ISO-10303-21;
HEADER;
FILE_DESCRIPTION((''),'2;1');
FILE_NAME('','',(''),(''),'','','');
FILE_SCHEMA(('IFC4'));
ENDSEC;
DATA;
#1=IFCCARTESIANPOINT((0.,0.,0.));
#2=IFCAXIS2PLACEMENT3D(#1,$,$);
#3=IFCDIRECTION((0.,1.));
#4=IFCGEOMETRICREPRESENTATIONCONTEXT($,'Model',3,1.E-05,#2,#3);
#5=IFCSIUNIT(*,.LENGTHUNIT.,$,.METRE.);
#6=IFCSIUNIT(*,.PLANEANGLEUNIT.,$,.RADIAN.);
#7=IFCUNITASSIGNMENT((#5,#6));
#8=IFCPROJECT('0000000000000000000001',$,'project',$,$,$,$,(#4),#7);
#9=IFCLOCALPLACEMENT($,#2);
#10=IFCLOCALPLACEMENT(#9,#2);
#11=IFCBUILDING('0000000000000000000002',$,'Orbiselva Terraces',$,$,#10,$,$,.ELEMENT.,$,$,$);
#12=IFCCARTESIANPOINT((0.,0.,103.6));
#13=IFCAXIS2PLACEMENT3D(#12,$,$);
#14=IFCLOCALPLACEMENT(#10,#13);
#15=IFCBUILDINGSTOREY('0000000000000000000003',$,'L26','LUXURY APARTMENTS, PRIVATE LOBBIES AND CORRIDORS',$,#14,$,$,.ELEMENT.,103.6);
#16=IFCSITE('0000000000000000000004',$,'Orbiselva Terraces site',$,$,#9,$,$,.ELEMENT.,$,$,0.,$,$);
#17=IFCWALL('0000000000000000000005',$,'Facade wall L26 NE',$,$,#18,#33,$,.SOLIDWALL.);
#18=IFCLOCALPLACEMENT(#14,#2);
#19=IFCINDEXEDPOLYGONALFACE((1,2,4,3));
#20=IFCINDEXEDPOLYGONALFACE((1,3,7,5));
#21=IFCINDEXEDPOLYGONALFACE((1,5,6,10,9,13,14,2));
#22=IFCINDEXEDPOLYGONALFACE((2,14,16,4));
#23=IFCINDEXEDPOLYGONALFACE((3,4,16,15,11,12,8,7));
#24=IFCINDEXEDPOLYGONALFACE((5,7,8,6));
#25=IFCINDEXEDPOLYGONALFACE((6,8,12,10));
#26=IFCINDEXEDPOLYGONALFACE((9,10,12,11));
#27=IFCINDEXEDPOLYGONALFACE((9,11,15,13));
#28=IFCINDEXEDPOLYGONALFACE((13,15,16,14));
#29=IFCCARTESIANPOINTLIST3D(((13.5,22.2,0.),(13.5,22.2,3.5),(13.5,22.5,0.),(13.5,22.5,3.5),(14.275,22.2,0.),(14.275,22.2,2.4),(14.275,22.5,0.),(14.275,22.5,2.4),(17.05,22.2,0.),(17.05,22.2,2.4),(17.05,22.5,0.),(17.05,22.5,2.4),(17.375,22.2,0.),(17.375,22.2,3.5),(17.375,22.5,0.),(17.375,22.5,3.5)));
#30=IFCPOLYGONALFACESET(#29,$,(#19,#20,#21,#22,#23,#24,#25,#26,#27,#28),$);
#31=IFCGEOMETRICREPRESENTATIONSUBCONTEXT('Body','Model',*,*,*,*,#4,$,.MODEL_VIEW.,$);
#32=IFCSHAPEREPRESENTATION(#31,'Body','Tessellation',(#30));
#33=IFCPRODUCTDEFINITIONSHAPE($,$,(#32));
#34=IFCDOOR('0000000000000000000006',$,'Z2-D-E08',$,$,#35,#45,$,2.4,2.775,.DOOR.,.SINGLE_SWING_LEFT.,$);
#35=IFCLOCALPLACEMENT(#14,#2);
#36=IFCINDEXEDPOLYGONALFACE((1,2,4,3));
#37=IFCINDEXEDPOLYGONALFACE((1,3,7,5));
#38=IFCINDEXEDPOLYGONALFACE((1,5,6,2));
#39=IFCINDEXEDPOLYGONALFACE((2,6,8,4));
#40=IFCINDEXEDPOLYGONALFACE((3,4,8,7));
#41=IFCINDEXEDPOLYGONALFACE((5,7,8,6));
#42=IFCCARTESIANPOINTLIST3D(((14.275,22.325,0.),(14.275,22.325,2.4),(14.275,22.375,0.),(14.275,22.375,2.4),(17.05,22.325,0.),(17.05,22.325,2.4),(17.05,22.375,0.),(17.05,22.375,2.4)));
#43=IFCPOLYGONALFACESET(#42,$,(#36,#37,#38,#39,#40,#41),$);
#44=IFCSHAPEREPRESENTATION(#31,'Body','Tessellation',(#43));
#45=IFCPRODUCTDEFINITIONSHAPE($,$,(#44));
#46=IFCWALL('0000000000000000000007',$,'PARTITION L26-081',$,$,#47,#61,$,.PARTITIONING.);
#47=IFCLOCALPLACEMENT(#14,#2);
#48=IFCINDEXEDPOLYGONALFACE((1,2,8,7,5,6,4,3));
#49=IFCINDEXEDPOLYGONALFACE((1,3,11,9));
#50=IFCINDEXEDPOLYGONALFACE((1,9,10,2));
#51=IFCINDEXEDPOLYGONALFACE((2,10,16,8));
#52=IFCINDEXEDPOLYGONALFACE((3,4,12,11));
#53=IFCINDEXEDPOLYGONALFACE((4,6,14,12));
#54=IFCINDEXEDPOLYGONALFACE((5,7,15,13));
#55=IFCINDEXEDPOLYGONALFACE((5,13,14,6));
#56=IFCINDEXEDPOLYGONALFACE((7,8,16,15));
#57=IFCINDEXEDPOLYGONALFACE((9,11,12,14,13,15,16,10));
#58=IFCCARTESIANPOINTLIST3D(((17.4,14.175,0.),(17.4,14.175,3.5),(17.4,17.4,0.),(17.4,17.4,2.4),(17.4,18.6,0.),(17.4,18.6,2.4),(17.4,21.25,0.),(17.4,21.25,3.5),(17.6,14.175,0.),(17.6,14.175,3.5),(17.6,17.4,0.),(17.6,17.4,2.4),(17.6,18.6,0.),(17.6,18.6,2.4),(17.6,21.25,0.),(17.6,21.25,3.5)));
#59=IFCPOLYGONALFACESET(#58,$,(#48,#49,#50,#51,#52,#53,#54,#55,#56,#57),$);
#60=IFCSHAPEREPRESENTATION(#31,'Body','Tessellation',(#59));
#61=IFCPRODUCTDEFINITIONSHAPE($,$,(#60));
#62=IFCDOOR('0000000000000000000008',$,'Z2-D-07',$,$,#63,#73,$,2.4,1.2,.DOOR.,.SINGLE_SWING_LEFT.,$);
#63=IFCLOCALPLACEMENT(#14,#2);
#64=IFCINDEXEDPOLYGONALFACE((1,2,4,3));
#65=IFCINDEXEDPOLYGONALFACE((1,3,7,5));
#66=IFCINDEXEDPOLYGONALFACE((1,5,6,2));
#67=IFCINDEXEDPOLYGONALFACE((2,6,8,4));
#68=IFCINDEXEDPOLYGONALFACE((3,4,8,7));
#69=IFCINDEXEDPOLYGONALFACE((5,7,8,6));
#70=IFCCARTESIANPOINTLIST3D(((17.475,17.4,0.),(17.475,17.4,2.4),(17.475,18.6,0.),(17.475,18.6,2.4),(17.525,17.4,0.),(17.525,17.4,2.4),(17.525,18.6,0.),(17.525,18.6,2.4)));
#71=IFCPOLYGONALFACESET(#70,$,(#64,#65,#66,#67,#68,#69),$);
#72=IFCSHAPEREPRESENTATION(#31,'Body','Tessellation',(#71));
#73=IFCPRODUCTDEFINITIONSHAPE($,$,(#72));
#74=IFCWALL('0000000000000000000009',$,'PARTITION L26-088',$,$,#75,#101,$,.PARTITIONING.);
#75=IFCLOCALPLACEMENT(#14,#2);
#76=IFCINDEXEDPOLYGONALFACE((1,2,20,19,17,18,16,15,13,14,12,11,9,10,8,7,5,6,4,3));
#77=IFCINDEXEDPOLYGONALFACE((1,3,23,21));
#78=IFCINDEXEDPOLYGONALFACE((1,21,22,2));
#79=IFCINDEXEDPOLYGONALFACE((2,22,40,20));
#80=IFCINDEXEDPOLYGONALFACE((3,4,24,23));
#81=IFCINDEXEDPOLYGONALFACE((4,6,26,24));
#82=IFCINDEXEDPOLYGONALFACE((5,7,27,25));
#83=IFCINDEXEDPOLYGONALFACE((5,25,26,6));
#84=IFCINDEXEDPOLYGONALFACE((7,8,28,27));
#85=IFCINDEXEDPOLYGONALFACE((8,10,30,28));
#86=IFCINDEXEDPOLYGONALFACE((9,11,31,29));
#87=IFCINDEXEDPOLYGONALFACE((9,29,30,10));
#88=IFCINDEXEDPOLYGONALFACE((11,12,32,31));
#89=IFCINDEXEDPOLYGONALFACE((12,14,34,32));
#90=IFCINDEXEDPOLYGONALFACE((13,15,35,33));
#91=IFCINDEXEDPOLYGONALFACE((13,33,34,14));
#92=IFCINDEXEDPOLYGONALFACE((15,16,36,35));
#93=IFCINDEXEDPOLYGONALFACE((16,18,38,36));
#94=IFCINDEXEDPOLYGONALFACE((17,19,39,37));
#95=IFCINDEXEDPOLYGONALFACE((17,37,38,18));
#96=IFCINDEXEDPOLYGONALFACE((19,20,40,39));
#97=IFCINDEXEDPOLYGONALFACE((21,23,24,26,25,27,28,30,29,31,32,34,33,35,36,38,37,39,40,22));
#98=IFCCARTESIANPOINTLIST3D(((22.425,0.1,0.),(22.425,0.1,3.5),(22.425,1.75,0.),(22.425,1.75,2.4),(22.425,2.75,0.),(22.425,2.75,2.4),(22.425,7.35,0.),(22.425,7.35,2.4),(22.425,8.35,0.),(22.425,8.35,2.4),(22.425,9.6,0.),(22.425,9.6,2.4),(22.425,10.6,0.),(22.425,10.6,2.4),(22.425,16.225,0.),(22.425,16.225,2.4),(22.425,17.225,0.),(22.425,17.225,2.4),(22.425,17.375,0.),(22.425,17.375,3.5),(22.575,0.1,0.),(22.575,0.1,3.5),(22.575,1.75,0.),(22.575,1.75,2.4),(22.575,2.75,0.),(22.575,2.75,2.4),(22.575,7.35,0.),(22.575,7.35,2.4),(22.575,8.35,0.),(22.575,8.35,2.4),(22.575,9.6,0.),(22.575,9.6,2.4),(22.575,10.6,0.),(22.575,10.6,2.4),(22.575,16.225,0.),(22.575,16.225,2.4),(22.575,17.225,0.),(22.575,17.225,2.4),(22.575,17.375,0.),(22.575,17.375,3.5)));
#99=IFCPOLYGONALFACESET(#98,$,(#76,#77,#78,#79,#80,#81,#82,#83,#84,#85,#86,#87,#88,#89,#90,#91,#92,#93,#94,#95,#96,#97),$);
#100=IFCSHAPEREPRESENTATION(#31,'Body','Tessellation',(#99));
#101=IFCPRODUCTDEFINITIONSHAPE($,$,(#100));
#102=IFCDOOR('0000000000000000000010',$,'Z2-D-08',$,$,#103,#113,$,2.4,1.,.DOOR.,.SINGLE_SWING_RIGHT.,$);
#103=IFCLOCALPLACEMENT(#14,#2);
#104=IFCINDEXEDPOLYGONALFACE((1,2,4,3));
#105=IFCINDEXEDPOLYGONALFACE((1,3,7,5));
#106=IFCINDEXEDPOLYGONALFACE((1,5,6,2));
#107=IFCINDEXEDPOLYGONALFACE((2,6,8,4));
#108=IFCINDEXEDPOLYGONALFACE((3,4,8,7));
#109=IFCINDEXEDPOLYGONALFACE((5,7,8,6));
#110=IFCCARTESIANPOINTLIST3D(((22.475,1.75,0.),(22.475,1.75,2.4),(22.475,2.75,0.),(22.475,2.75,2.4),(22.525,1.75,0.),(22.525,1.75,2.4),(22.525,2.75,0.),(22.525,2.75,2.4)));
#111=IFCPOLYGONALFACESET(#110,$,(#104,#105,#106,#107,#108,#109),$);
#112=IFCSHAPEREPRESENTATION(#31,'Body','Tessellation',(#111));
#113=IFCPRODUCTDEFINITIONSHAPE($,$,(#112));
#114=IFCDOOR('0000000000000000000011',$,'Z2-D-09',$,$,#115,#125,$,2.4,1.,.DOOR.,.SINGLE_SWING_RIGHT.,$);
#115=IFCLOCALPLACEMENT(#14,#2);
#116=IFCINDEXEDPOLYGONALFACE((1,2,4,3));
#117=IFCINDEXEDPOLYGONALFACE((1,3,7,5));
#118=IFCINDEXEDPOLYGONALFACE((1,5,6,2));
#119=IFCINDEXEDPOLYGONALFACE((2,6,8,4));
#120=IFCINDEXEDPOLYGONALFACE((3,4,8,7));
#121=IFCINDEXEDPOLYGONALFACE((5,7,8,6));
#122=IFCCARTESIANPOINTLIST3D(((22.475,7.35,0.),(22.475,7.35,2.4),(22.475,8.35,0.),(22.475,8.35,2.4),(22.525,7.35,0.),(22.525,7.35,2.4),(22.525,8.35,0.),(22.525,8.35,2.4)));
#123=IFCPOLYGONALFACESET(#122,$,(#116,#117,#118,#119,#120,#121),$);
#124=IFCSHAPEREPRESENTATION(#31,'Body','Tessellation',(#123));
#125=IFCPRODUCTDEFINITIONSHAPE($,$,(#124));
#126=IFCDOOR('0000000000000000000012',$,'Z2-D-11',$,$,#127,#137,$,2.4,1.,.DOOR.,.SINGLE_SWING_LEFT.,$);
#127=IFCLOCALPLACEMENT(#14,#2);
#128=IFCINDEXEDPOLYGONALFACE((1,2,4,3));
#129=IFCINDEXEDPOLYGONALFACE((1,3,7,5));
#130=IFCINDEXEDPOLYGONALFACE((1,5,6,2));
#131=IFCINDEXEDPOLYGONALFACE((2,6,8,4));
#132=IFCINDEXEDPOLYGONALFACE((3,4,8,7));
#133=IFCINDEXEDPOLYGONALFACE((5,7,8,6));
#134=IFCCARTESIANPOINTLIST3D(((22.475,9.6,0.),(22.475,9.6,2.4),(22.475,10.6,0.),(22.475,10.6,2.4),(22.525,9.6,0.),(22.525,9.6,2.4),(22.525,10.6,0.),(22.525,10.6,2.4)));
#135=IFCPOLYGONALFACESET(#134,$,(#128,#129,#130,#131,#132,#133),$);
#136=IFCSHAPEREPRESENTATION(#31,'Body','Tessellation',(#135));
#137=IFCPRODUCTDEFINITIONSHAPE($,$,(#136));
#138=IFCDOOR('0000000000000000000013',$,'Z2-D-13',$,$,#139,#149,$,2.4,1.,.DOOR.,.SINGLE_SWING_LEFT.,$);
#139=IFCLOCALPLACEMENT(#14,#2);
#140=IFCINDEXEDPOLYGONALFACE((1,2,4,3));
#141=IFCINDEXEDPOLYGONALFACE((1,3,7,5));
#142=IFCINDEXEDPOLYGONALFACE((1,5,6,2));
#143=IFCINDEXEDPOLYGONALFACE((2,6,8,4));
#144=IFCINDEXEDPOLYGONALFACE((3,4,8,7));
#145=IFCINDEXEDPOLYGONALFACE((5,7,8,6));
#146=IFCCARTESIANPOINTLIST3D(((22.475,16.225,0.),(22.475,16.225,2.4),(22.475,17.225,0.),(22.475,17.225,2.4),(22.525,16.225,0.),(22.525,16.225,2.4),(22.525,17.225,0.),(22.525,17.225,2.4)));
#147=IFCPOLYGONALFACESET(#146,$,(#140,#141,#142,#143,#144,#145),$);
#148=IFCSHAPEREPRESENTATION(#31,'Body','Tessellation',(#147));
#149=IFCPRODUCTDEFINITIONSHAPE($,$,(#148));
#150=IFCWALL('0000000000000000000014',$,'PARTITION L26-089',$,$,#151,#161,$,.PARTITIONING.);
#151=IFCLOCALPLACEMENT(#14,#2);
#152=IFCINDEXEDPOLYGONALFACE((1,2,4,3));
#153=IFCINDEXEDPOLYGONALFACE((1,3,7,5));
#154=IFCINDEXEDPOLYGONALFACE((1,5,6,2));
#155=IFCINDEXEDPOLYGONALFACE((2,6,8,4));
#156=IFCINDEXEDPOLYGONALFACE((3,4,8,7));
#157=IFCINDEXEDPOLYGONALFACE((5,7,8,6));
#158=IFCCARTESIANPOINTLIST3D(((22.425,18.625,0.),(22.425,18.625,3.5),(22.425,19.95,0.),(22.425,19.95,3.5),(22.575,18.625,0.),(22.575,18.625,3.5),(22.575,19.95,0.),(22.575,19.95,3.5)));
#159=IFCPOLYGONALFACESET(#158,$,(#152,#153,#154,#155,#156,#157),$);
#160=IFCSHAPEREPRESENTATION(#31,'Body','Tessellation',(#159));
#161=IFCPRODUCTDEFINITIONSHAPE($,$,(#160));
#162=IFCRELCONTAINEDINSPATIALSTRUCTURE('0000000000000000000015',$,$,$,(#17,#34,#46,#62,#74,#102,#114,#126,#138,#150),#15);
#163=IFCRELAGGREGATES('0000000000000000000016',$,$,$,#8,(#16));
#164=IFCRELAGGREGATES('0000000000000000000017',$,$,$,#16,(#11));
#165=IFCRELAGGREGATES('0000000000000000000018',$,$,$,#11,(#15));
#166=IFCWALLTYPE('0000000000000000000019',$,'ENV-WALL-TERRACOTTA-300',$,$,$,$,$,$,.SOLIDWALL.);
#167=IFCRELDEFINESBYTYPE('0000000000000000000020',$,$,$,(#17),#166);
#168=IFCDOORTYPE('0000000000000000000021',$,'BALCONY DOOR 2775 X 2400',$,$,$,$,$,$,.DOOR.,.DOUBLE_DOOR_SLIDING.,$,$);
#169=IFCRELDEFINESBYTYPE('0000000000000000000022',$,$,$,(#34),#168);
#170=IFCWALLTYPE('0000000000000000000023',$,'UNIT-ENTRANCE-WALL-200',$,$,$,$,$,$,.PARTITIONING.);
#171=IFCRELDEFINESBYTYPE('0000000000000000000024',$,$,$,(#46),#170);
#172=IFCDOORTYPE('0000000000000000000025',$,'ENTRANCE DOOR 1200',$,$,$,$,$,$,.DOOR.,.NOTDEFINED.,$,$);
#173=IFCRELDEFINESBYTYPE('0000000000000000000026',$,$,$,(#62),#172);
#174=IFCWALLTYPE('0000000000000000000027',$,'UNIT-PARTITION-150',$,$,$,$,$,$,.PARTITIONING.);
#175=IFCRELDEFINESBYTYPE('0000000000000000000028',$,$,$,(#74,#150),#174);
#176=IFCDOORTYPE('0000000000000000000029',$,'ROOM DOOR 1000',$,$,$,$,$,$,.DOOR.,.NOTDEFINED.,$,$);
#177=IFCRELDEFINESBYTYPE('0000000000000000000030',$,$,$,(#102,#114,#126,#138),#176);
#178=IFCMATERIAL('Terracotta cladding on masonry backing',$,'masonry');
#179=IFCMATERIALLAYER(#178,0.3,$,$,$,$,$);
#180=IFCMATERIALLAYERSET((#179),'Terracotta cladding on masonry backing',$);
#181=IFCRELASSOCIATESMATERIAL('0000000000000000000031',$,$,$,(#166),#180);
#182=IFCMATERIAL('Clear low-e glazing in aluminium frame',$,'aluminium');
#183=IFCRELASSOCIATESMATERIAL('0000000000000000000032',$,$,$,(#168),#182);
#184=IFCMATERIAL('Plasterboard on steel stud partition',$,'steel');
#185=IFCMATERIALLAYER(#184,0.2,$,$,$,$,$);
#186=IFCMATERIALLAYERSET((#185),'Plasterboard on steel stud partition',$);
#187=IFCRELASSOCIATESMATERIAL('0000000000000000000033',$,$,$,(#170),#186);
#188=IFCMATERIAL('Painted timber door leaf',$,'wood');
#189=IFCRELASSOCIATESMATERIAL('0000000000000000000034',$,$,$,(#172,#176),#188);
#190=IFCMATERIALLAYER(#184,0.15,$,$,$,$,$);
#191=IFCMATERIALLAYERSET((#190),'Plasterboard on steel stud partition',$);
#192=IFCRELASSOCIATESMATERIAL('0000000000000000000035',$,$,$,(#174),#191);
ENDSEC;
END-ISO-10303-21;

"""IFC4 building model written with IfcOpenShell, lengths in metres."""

from ifc_helpers import new_model, si_unit, direction, frame, frame_2d, origin, place, context, subcontext, project, spatial, rectangle, extrude, material, layer, layer_set, type_object, element, fill, save


model = new_model("IFC4")

# Units and contexts
model_context = context("Model", 3, precision=1e-05, world=origin(), true_north=direction((0.0, 1.0)))
body_context = subcontext(model_context, "Body", "Model", "MODEL_VIEW")
ifc_project = project(units=[si_unit("LENGTHUNIT", "METRE"), si_unit("PLANEANGLEUNIT", "RADIAN")], contexts=[model_context])

# Site, building, storey
site_placement = place(None, origin())
site = spatial("IfcSite", under=ifc_project, at=site_placement, Name="Orbiselva Terraces site", CompositionType="ELEMENT", RefElevation=0.0)
building_placement = place(site_placement, origin())
building = spatial("IfcBuilding", under=site, at=building_placement, Name="Orbiselva Terraces", CompositionType="ELEMENT")
storey_placement = place(building_placement, frame((0.0, 0.0, 103.6)))
storey = spatial("IfcBuildingStorey", under=building, at=storey_placement, Name="L26", Description="LUXURY APARTMENTS, PRIVATE LOBBIES AND CORRIDORS", CompositionType="ELEMENT", Elevation=103.6)

# Shared definitions
ifc_material_1 = material(Name="Terracotta cladding on masonry backing", Category="masonry")
ifc_layer_1 = layer(ifc_material_1, 0.3)
ifc_layer_set_1 = layer_set([ifc_layer_1], Name="Terracotta cladding on masonry backing")
wall_type_1 = type_object("IfcWallType", Name="ENV-WALL-TERRACOTTA-300", PredefinedType="SOLIDWALL", material=ifc_layer_set_1)
ifc_material_2 = material(Name="Clear low-e glazing in aluminium frame", Category="aluminium")
door_type_1 = type_object("IfcDoorType", Name="BALCONY DOOR 2775 X 2400", OperationType="DOUBLE_DOOR_SLIDING", PredefinedType="DOOR", material=ifc_material_2)

# Walls, openings, doors
wall_1_placement = place(storey_placement, frame((13.5, 22.35, 0.0), z_axis=(0.0, 0.0, 1.0), x_axis=(1.0, 0.0, 0.0)))
wall_1 = element("IfcWall", 1, at=wall_1_placement, inside=storey, type_object=wall_type_1, Name="Facade wall L26 NE", PredefinedType="SOLIDWALL", context=body_context, shape_type="SweptSolid", body=[
    extrude(rectangle(XDim=3.875, YDim=0.3, at=frame_2d((1.9375, 0.0))), origin(), (0.0, 0.0, 1.0), 3.5),
])
opening_1_placement = place(wall_1_placement, frame((0.775, 0.0, 0.0)))
opening_1 = element("IfcOpeningElement", 2, at=opening_1_placement, cuts=wall_1, PredefinedType="OPENING", context=body_context, shape_type="SweptSolid", body=[
    extrude(rectangle(XDim=2.775, YDim=2.4, at=frame_2d((1.3875, 1.2))), frame((0.0, 0.16, 0.0), z_axis=(0.0, -1.0, 0.0), x_axis=(1.0, 0.0, 0.0)), (0.0, 0.0, 1.0), 0.32),
])
door_1_placement = place(opening_1_placement, origin())
door_1 = element("IfcDoor", 3, at=door_1_placement, inside=storey, type_object=door_type_1, Name="Z2-D-E08", OperationType="SINGLE_SWING_LEFT", OverallHeight=2.4, OverallWidth=2.775, PredefinedType="DOOR", context=body_context, shape_type="SweptSolid", body=[
    extrude(rectangle(XDim=2.775, YDim=2.4, at=frame_2d((1.3875, 1.2))), frame((0.0, 0.025, 0.0), z_axis=(0.0, -1.0, 0.0), x_axis=(1.0, 0.0, 0.0)), (0.0, 0.0, 1.0), 0.05),
])
fill(opening_1, door_1)
ifc_material_3 = material(Name="Plasterboard on steel stud partition", Category="steel")
ifc_layer_2 = layer(ifc_material_3, 0.2)
ifc_layer_set_2 = layer_set([ifc_layer_2], Name="Plasterboard on steel stud partition")
wall_type_2 = type_object("IfcWallType", Name="UNIT-ENTRANCE-WALL-200", PredefinedType="PARTITIONING", material=ifc_layer_set_2)
wall_2_placement = place(storey_placement, frame((17.5, 21.25, 0.0), z_axis=(0.0, 0.0, 1.0), x_axis=(0.0, -1.0, 0.0)))
wall_2 = element("IfcWall", 4, at=wall_2_placement, inside=storey, type_object=wall_type_2, Name="PARTITION L26-081", PredefinedType="PARTITIONING", context=body_context, shape_type="SweptSolid", body=[
    extrude(rectangle(XDim=7.075, YDim=0.2, at=frame_2d((3.5375, 0.0))), origin(), (0.0, 0.0, 1.0), 3.5),
])
opening_2_placement = place(wall_2_placement, frame((2.65, 0.0, 0.0)))
opening_2 = element("IfcOpeningElement", 5, at=opening_2_placement, cuts=wall_2, PredefinedType="OPENING", context=body_context, shape_type="SweptSolid", body=[
    extrude(rectangle(XDim=1.2, YDim=2.4, at=frame_2d((0.6, 1.2))), frame((0.0, 0.11, 0.0), z_axis=(0.0, -1.0, 0.0), x_axis=(1.0, 0.0, 0.0)), (0.0, 0.0, 1.0), 0.22),
])
ifc_material_4 = material(Name="Painted timber door leaf", Category="wood")
door_type_2 = type_object("IfcDoorType", Name="ENTRANCE DOOR 1200", OperationType="NOTDEFINED", PredefinedType="DOOR", material=ifc_material_4)
door_2_placement = place(opening_2_placement, origin())
door_2 = element("IfcDoor", 6, at=door_2_placement, inside=storey, type_object=door_type_2, Name="Z2-D-07", OperationType="SINGLE_SWING_LEFT", OverallHeight=2.4, OverallWidth=1.2, PredefinedType="DOOR", context=body_context, shape_type="SweptSolid", body=[
    extrude(rectangle(XDim=1.2, YDim=2.4, at=frame_2d((0.6, 1.2))), frame((0.0, 0.025, 0.0), z_axis=(0.0, -1.0, 0.0), x_axis=(1.0, 0.0, 0.0)), (0.0, 0.0, 1.0), 0.05),
])
fill(opening_2, door_2)

# Wall, openings, doors
ifc_layer_3 = layer(ifc_material_3, 0.15)
ifc_layer_set_3 = layer_set([ifc_layer_3], Name="Plasterboard on steel stud partition")
wall_type_3 = type_object("IfcWallType", Name="UNIT-PARTITION-150", PredefinedType="PARTITIONING", material=ifc_layer_set_3)
wall_3_placement = place(storey_placement, frame((22.5, 17.375, 0.0), z_axis=(0.0, 0.0, 1.0), x_axis=(0.0, -1.0, 0.0)))
wall_3 = element("IfcWall", 7, at=wall_3_placement, inside=storey, type_object=wall_type_3, Name="PARTITION L26-088", PredefinedType="PARTITIONING", context=body_context, shape_type="SweptSolid", body=[
    extrude(rectangle(XDim=17.275, YDim=0.15, at=frame_2d((8.6375, 0.0))), origin(), (0.0, 0.0, 1.0), 3.5),
])
opening_3_placement = place(wall_3_placement, frame((14.625, 0.0, 0.0)))
opening_3 = element("IfcOpeningElement", 8, at=opening_3_placement, cuts=wall_3, PredefinedType="OPENING", context=body_context, shape_type="SweptSolid", body=[
    extrude(rectangle(XDim=1.0, YDim=2.4, at=frame_2d((0.5, 1.2))), frame((0.0, 0.085, 0.0), z_axis=(0.0, -1.0, 0.0), x_axis=(1.0, 0.0, 0.0)), (0.0, 0.0, 1.0), 0.17),
])
opening_4_placement = place(wall_3_placement, frame((9.025, 0.0, 0.0)))
opening_4 = element("IfcOpeningElement", 9, at=opening_4_placement, cuts=wall_3, PredefinedType="OPENING", context=body_context, shape_type="SweptSolid", body=[
    extrude(rectangle(XDim=1.0, YDim=2.4, at=frame_2d((0.5, 1.2))), frame((0.0, 0.085, 0.0), z_axis=(0.0, -1.0, 0.0), x_axis=(1.0, 0.0, 0.0)), (0.0, 0.0, 1.0), 0.17),
])
opening_5_placement = place(wall_3_placement, frame((6.775, 0.0, 0.0)))
opening_5 = element("IfcOpeningElement", 10, at=opening_5_placement, cuts=wall_3, PredefinedType="OPENING", context=body_context, shape_type="SweptSolid", body=[
    extrude(rectangle(XDim=1.0, YDim=2.4, at=frame_2d((0.5, 1.2))), frame((0.0, 0.085, 0.0), z_axis=(0.0, -1.0, 0.0), x_axis=(1.0, 0.0, 0.0)), (0.0, 0.0, 1.0), 0.17),
])
opening_6_placement = place(wall_3_placement, frame((0.15, 0.0, 0.0)))
opening_6 = element("IfcOpeningElement", 11, at=opening_6_placement, cuts=wall_3, PredefinedType="OPENING", context=body_context, shape_type="SweptSolid", body=[
    extrude(rectangle(XDim=1.0, YDim=2.4, at=frame_2d((0.5, 1.2))), frame((0.0, 0.085, 0.0), z_axis=(0.0, -1.0, 0.0), x_axis=(1.0, 0.0, 0.0)), (0.0, 0.0, 1.0), 0.17),
])
door_type_3 = type_object("IfcDoorType", Name="ROOM DOOR 1000", OperationType="NOTDEFINED", PredefinedType="DOOR", material=ifc_material_4)
door_3_placement = place(opening_3_placement, origin())
door_3 = element("IfcDoor", 12, at=door_3_placement, inside=storey, type_object=door_type_3, Name="Z2-D-08", OperationType="SINGLE_SWING_RIGHT", OverallHeight=2.4, OverallWidth=1.0, PredefinedType="DOOR", context=body_context, shape_type="SweptSolid", body=[
    extrude(rectangle(XDim=1.0, YDim=2.4, at=frame_2d((0.5, 1.2))), frame((0.0, 0.025, 0.0), z_axis=(0.0, -1.0, 0.0), x_axis=(1.0, 0.0, 0.0)), (0.0, 0.0, 1.0), 0.05),
])
fill(opening_3, door_3)
door_4_placement = place(opening_4_placement, origin())
door_4 = element("IfcDoor", 13, at=door_4_placement, inside=storey, type_object=door_type_3, Name="Z2-D-09", OperationType="SINGLE_SWING_RIGHT", OverallHeight=2.4, OverallWidth=1.0, PredefinedType="DOOR", context=body_context, shape_type="SweptSolid", body=[
    extrude(rectangle(XDim=1.0, YDim=2.4, at=frame_2d((0.5, 1.2))), frame((0.0, 0.025, 0.0), z_axis=(0.0, -1.0, 0.0), x_axis=(1.0, 0.0, 0.0)), (0.0, 0.0, 1.0), 0.05),
])
fill(opening_4, door_4)
door_5_placement = place(opening_5_placement, origin())
door_5 = element("IfcDoor", 14, at=door_5_placement, inside=storey, type_object=door_type_3, Name="Z2-D-11", OperationType="SINGLE_SWING_LEFT", OverallHeight=2.4, OverallWidth=1.0, PredefinedType="DOOR", context=body_context, shape_type="SweptSolid", body=[
    extrude(rectangle(XDim=1.0, YDim=2.4, at=frame_2d((0.5, 1.2))), frame((0.0, 0.025, 0.0), z_axis=(0.0, -1.0, 0.0), x_axis=(1.0, 0.0, 0.0)), (0.0, 0.0, 1.0), 0.05),
])
fill(opening_5, door_5)
door_6_placement = place(opening_6_placement, origin())
door_6 = element("IfcDoor", 15, at=door_6_placement, inside=storey, type_object=door_type_3, Name="Z2-D-13", OperationType="SINGLE_SWING_LEFT", OverallHeight=2.4, OverallWidth=1.0, PredefinedType="DOOR", context=body_context, shape_type="SweptSolid", body=[
    extrude(rectangle(XDim=1.0, YDim=2.4, at=frame_2d((0.5, 1.2))), frame((0.0, 0.025, 0.0), z_axis=(0.0, -1.0, 0.0), x_axis=(1.0, 0.0, 0.0)), (0.0, 0.0, 1.0), 0.05),
])
fill(opening_6, door_6)

# Wall
wall_4_placement = place(storey_placement, frame((22.5, 18.625, 0.0), z_axis=(0.0, 0.0, 1.0), x_axis=(0.0, 1.0, 0.0)))
element("IfcWall", 16, at=wall_4_placement, inside=storey, type_object=wall_type_3, Name="PARTITION L26-089", PredefinedType="PARTITIONING", context=body_context, shape_type="SweptSolid", body=[
    extrude(rectangle(XDim=1.325, YDim=0.15, at=frame_2d((0.6625, 0.0))), origin(), (0.0, 0.0, 1.0), 3.5),
])

save(model, "model.ifc")
